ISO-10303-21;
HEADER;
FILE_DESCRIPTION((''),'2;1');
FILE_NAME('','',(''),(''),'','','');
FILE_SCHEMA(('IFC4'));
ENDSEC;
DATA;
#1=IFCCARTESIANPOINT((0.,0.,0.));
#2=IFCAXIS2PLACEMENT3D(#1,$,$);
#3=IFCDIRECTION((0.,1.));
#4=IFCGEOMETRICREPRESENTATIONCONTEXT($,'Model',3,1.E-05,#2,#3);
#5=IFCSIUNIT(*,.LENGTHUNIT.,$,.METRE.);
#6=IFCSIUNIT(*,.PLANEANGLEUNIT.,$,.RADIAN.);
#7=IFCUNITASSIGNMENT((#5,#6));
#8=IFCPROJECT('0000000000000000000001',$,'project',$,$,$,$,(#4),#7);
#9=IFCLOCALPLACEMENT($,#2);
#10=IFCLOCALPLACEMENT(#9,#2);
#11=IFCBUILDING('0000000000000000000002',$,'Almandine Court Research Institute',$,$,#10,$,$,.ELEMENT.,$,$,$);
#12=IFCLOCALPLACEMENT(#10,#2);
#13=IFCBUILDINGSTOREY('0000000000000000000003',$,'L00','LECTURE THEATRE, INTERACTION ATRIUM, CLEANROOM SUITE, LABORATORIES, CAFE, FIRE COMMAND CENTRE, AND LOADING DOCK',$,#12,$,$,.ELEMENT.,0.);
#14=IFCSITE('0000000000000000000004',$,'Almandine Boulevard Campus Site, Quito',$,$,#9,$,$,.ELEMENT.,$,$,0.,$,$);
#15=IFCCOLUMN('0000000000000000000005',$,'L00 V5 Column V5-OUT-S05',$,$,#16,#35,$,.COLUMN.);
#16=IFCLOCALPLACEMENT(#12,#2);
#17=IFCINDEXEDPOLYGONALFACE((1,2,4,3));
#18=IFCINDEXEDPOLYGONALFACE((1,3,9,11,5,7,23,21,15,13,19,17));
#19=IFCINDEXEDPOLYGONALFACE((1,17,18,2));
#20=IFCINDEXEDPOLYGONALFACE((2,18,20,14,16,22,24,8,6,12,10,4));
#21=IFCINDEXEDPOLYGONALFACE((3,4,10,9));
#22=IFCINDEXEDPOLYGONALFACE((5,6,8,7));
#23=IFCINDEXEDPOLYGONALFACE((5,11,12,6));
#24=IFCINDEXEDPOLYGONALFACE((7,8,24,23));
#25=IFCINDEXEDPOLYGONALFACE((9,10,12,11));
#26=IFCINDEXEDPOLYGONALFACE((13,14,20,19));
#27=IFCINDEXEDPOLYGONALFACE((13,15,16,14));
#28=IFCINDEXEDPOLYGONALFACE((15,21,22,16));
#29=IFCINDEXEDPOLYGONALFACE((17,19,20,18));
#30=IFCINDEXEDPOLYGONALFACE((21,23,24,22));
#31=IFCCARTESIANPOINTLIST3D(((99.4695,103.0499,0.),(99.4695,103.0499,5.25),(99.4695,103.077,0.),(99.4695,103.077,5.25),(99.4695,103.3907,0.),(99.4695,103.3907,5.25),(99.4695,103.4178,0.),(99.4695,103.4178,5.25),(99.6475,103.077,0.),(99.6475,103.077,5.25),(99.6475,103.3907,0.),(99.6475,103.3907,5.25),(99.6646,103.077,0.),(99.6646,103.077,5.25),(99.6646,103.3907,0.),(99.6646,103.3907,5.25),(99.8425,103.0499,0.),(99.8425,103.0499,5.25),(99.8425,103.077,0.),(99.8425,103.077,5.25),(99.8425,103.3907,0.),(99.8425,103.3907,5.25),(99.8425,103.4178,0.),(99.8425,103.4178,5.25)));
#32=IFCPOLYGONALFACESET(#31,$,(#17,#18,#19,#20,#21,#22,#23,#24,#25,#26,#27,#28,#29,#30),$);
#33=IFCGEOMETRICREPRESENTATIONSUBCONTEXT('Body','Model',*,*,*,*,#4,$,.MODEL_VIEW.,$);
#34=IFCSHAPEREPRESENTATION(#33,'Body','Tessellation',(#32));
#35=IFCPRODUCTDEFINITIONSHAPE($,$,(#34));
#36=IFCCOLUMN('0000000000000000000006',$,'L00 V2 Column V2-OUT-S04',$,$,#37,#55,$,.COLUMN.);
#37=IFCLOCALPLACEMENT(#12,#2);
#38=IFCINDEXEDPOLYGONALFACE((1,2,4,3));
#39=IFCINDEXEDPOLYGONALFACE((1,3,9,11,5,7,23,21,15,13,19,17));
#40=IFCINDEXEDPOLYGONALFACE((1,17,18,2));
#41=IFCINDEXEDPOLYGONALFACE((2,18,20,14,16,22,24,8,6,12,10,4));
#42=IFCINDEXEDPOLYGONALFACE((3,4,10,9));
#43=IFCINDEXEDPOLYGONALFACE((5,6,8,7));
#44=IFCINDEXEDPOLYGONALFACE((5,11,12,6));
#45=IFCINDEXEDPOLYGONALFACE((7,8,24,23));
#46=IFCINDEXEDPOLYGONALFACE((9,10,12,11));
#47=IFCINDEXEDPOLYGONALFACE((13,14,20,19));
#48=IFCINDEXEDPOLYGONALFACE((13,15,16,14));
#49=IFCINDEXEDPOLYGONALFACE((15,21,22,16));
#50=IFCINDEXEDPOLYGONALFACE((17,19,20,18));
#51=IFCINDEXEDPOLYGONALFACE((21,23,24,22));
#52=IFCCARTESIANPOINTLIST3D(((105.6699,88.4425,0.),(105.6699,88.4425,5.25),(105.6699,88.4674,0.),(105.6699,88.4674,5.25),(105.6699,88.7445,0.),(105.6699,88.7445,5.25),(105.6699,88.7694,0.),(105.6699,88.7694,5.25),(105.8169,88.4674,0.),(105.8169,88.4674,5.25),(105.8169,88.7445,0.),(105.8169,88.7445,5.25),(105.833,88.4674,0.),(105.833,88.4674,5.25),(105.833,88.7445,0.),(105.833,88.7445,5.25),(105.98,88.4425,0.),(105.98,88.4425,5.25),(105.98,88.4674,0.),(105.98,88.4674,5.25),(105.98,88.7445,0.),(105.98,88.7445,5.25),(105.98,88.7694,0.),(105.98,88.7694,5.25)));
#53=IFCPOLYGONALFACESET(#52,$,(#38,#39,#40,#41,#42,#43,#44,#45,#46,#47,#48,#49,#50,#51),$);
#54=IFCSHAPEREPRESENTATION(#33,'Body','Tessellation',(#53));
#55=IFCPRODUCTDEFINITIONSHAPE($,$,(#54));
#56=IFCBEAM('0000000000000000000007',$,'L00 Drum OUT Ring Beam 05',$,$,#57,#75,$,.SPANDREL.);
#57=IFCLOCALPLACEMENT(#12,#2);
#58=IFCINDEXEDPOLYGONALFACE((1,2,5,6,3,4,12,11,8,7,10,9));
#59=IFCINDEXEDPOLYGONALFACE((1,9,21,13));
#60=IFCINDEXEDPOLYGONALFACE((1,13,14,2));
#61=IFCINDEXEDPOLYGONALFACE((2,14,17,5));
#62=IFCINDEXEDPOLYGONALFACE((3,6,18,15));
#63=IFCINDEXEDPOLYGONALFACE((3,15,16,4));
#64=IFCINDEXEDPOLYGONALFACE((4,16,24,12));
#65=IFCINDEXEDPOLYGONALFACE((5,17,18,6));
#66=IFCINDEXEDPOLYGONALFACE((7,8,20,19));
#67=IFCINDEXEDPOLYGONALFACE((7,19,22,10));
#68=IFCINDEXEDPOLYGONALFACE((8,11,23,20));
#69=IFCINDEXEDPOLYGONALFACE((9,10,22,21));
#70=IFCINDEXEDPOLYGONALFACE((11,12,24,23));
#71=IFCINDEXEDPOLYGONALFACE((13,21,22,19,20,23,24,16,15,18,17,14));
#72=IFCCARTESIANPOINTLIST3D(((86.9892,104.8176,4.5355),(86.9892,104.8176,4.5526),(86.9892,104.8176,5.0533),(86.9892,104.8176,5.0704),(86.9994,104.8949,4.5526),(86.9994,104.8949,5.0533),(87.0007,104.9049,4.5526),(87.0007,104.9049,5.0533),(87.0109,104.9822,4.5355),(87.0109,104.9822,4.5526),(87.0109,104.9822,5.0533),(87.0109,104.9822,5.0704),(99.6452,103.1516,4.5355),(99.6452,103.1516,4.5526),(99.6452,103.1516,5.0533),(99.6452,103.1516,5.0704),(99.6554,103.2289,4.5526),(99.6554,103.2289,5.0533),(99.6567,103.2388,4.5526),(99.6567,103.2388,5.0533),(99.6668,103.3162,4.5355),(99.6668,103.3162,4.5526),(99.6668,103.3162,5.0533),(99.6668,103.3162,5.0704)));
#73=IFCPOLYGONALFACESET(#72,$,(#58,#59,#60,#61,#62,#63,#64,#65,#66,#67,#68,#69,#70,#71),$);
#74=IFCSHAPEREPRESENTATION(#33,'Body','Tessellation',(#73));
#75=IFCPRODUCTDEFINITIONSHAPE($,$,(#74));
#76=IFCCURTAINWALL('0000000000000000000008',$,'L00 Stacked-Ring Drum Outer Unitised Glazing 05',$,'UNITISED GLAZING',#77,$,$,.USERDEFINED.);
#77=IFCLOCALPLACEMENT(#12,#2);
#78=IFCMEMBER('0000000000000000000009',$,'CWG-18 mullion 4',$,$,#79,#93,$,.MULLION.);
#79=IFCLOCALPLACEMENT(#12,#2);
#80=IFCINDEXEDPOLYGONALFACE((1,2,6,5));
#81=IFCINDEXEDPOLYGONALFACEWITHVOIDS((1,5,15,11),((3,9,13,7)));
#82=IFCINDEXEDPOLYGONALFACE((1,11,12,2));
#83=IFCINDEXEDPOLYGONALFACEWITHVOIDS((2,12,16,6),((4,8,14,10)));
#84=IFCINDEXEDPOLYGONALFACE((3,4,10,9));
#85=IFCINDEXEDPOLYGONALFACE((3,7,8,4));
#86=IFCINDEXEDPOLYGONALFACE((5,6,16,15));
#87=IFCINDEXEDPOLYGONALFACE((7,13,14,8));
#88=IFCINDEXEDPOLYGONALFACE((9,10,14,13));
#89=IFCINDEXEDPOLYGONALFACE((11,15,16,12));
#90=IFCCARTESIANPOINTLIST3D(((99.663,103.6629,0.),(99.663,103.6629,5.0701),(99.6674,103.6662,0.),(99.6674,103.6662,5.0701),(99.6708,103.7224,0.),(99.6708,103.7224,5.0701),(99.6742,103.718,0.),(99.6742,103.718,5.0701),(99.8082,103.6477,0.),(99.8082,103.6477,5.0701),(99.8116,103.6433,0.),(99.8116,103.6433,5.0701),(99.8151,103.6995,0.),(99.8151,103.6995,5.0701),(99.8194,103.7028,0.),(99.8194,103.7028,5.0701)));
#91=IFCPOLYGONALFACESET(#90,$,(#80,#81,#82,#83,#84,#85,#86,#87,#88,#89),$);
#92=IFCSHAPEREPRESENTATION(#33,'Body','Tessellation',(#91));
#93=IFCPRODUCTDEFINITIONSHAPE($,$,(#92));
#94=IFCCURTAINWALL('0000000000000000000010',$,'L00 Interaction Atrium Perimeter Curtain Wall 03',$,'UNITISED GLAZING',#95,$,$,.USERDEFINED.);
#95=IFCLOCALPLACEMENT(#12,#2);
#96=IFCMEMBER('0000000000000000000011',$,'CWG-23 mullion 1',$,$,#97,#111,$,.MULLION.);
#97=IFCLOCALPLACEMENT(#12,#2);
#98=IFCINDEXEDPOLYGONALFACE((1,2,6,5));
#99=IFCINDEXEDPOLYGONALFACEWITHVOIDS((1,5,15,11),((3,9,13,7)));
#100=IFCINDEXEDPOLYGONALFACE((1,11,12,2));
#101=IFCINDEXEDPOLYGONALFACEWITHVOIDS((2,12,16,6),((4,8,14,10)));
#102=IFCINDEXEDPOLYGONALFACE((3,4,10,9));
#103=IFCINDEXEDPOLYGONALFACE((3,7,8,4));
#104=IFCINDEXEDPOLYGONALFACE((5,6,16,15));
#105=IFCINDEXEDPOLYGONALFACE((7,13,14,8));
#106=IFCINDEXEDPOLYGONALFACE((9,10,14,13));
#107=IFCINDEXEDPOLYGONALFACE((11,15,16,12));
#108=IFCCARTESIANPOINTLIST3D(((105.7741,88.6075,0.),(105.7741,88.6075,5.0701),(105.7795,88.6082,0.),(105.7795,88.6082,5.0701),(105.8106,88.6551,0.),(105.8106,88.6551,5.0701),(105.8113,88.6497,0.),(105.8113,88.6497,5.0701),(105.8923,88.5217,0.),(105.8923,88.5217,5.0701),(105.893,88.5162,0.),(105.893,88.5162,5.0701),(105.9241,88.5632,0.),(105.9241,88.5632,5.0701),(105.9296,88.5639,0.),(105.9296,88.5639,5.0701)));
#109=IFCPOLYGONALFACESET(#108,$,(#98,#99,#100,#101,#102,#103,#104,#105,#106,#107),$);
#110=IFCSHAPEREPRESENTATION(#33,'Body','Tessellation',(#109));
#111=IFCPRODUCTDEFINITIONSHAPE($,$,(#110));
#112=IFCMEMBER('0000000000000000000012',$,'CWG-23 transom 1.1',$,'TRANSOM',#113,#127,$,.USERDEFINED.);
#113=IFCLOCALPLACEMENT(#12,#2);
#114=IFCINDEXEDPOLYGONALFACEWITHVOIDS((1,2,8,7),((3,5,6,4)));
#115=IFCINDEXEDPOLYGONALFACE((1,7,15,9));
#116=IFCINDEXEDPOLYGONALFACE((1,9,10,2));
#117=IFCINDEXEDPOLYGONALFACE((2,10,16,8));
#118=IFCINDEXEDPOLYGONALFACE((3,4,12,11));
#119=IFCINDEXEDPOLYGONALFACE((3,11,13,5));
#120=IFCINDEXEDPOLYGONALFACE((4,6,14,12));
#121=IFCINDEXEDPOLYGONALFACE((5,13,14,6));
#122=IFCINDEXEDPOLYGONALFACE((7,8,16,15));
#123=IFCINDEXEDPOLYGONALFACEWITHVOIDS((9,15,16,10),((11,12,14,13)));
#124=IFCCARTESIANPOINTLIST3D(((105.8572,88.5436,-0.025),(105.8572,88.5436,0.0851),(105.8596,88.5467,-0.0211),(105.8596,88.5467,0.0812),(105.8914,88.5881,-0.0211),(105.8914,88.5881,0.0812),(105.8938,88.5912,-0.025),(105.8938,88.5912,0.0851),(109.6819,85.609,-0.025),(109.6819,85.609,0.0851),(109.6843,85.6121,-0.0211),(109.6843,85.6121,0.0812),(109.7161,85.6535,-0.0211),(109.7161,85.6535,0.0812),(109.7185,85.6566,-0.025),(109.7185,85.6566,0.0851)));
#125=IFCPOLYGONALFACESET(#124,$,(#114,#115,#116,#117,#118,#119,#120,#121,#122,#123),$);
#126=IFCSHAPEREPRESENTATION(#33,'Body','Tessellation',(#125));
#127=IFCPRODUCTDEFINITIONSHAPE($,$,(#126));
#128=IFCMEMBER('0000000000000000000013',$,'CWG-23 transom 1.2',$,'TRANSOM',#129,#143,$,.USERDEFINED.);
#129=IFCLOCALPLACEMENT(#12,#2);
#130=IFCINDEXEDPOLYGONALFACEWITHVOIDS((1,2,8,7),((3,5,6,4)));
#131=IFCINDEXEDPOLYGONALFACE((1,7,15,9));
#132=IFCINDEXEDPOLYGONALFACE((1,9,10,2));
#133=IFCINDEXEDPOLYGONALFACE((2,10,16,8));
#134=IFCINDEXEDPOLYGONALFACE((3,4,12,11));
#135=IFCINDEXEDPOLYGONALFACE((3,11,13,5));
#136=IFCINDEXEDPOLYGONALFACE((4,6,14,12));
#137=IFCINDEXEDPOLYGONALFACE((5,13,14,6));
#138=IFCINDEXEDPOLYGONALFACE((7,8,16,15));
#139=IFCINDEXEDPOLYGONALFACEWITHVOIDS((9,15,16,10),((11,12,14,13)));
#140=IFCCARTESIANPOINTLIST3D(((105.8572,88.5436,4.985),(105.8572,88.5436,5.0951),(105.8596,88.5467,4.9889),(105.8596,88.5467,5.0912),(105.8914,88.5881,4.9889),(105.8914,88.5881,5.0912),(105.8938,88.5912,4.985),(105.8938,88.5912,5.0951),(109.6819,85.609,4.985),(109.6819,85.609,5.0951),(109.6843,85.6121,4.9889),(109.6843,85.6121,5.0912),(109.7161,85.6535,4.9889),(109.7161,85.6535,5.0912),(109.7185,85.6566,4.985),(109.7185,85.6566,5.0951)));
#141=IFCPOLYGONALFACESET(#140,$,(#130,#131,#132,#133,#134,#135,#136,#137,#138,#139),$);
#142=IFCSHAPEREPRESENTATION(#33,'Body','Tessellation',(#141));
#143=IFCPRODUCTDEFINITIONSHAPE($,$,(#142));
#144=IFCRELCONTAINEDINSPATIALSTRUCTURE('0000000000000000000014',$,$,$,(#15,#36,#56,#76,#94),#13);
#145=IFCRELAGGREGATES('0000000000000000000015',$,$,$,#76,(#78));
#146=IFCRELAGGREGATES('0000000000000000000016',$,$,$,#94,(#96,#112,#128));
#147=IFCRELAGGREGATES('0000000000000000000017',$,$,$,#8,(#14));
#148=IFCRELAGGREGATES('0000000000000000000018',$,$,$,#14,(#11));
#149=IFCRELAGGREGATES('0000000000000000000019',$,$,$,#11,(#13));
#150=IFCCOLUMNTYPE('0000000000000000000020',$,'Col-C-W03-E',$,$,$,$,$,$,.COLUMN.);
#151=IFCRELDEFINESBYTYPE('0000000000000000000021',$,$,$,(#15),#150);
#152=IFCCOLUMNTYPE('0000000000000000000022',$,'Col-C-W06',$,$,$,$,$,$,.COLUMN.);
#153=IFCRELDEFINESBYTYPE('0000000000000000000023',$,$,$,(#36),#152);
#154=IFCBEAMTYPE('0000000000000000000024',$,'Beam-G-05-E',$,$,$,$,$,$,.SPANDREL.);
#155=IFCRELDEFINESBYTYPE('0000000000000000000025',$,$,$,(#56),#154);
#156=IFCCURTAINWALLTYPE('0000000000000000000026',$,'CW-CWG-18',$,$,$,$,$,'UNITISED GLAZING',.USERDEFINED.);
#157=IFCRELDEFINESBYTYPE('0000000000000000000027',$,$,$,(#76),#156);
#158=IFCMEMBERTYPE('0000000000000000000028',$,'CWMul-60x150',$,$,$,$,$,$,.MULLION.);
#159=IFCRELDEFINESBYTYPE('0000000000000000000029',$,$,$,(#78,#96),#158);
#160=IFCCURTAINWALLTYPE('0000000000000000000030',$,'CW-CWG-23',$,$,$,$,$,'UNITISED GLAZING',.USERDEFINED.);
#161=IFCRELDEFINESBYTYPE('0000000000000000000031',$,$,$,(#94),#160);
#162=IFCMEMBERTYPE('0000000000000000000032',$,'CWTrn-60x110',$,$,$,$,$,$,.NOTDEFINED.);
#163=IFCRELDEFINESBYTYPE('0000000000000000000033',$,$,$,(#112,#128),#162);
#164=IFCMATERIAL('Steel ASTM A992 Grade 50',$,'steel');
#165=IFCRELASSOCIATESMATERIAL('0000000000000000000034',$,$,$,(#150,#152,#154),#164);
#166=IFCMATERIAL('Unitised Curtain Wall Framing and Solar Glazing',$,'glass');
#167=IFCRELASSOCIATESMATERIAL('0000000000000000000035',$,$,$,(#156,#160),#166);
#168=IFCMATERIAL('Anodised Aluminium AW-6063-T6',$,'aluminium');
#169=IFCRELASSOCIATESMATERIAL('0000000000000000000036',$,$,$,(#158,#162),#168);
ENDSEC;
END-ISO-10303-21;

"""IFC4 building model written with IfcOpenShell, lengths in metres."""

from ifc_helpers import new_model, si_unit, direction, frame, origin, origin_2d, place, context, subcontext, project, spatial, hollow_rectangle, i_section, extrude, material, material_profile, profile_set, type_object, element, aggregate, save


model = new_model("IFC4")

# Units and contexts
model_context = context("Model", 3, precision=1e-05, world=origin(), true_north=direction((0.0, 1.0)))
body_context = subcontext(model_context, "Body", "Model", "MODEL_VIEW")
ifc_project = project(units=[si_unit("LENGTHUNIT", "METRE"), si_unit("PLANEANGLEUNIT", "RADIAN")], contexts=[model_context])

# Site, building, storey
site_placement = place(None, origin())
site = spatial("IfcSite", under=ifc_project, at=site_placement, Name="Almandine Boulevard Campus Site, Quito", CompositionType="ELEMENT", RefElevation=0.0)
building_placement = place(site_placement, origin())
building = spatial("IfcBuilding", under=site, at=building_placement, Name="Almandine Court Research Institute", CompositionType="ELEMENT")
storey_placement = place(building_placement, origin())
storey = spatial("IfcBuildingStorey", under=building, at=storey_placement, Name="L00", Description="LECTURE THEATRE, INTERACTION ATRIUM, CLEANROOM SUITE, LABORATORIES, CAFE, FIRE COMMAND CENTRE, AND LOADING DOCK", CompositionType="ELEMENT", Elevation=0.0)

# Columns
ifc_material_1 = material(Name="Steel ASTM A992 Grade 50", Category="steel")
ifc_material_profile_1 = material_profile(ifc_material_1, i_section(OverallWidth=0.373, OverallDepth=0.3679, WebThickness=0.0171, FlangeThickness=0.0271, at=origin_2d()), Name="W360x179")
ifc_profile_set_1 = profile_set([ifc_material_profile_1], Name="Steel ASTM A992 Grade 50")
column_type_1 = type_object("IfcColumnType", Name="Col-C-W03-E", PredefinedType="COLUMN", material=ifc_profile_set_1)
column_1_placement = place(storey_placement, frame((99.656, 103.2339, 0.0), z_axis=(0.0, 0.0, 1.0), x_axis=(1.0, 0.0, 0.0)))
element("IfcColumn", 1, at=column_1_placement, inside=storey, type_object=column_type_1, Name="L00 V5 Column V5-OUT-S05", PredefinedType="COLUMN", context=body_context, shape_type="SweptSolid", body=[
    extrude(i_section(OverallWidth=0.373, OverallDepth=0.3679, WebThickness=0.0171, FlangeThickness=0.0271, at=origin_2d()), origin(), (0.0, 0.0, 1.0), 5.25),
])
ifc_material_profile_2 = material_profile(ifc_material_1, i_section(OverallWidth=0.3101, OverallDepth=0.3269, WebThickness=0.0161, FlangeThickness=0.0249, at=origin_2d()), Name="W310x158")
ifc_profile_set_2 = profile_set([ifc_material_profile_2], Name="Steel ASTM A992 Grade 50")
column_type_2 = type_object("IfcColumnType", Name="Col-C-W06", PredefinedType="COLUMN", material=ifc_profile_set_2)
column_2_placement = place(storey_placement, frame((105.825, 88.606, 0.0), z_axis=(0.0, 0.0, 1.0), x_axis=(1.0, 0.0, 0.0)))
element("IfcColumn", 2, at=column_2_placement, inside=storey, type_object=column_type_2, Name="L00 V2 Column V2-OUT-S04", PredefinedType="COLUMN", context=body_context, shape_type="SweptSolid", body=[
    extrude(i_section(OverallWidth=0.3101, OverallDepth=0.3269, WebThickness=0.0161, FlangeThickness=0.0249, at=origin_2d()), origin(), (0.0, 0.0, 1.0), 5.25),
])

# Beam
ifc_material_profile_3 = material_profile(ifc_material_1, i_section(OverallWidth=0.166, OverallDepth=0.5349, WebThickness=0.01, FlangeThickness=0.0171, at=origin_2d()), Name="W530x85")
ifc_profile_set_3 = profile_set([ifc_material_profile_3], Name="Steel ASTM A992 Grade 50")
beam_type = type_object("IfcBeamType", Name="Beam-G-05-E", PredefinedType="SPANDREL", material=ifc_profile_set_3)
beam_placement = place(storey_placement, frame((99.656, 103.2339, 4.803), z_axis=(-0.991447, 0.130512, 0.0), x_axis=(-0.130512, -0.991447, 0.0)))
element("IfcBeam", 3, at=beam_placement, inside=storey, type_object=beam_type, Name="L00 Drum OUT Ring Beam 05", PredefinedType="SPANDREL", context=body_context, shape_type="SweptSolid", body=[
    extrude(i_section(OverallWidth=0.166, OverallDepth=0.5349, WebThickness=0.01, FlangeThickness=0.0171, at=origin_2d()), origin(), (0.0, 0.0, 1.0), 12.7651),
])

# Curtain wall, member
ifc_material_2 = material(Name="Unitised Curtain Wall Framing and Solar Glazing", Category="glass")
curtain_wall_type_1 = type_object("IfcCurtainWallType", Name="CW-CWG-18", ElementType="UNITISED GLAZING", PredefinedType="USERDEFINED", material=ifc_material_2)
curtain_wall_1_placement = place(storey_placement, origin())
curtain_wall_1 = element("IfcCurtainWall", 4, at=curtain_wall_1_placement, inside=storey, type_object=curtain_wall_type_1, Name="L00 Stacked-Ring Drum Outer Unitised Glazing 05", ObjectType="UNITISED GLAZING", PredefinedType="USERDEFINED")
ifc_material_3 = material(Name="Anodised Aluminium AW-6063-T6", Category="aluminium")
ifc_material_profile_4 = material_profile(ifc_material_3, hollow_rectangle(XDim=0.0601, YDim=0.1499, WallThickness=0.0039, at=origin_2d()), Name="ALU RHS 60x150x4")
ifc_profile_set_4 = profile_set([ifc_material_profile_4], Name="Anodised Aluminium AW-6063-T6")
member_type_1 = type_object("IfcMemberType", Name="CWMul-60x150", PredefinedType="MULLION", material=ifc_profile_set_4)
member_1_placement = place(storey_placement, frame((99.7412, 103.6829, 0.0), z_axis=(0.0, 0.0, 1.0), x_axis=(0.130541, 0.991443, 0.0)))
member_1 = element("IfcMember", 5, at=member_1_placement, type_object=member_type_1, Name="CWG-18 mullion 4", PredefinedType="MULLION", context=body_context, shape_type="SweptSolid", body=[
    extrude(hollow_rectangle(XDim=0.0601, YDim=0.1499, WallThickness=0.0039, at=origin_2d()), origin(), (0.0, 0.0, 1.0), 5.0701),
])
aggregate(curtain_wall_1, [member_1])

# Curtain wall, members
curtain_wall_type_2 = type_object("IfcCurtainWallType", Name="CW-CWG-23", ElementType="UNITISED GLAZING", PredefinedType="USERDEFINED", material=ifc_material_2)
curtain_wall_2_placement = place(storey_placement, origin())
curtain_wall_2 = element("IfcCurtainWall", 6, at=curtain_wall_2_placement, inside=storey, type_object=curtain_wall_type_2, Name="L00 Interaction Atrium Perimeter Curtain Wall 03", ObjectType="UNITISED GLAZING", PredefinedType="USERDEFINED")
member_2_placement = place(storey_placement, frame((105.8518, 88.5857, 0.0), z_axis=(0.0, 0.0, 1.0), x_axis=(0.608761, 0.793354, 0.0)))
member_2 = element("IfcMember", 7, at=member_2_placement, type_object=member_type_1, Name="CWG-23 mullion 1", PredefinedType="MULLION", context=body_context, shape_type="SweptSolid", body=[
    extrude(hollow_rectangle(XDim=0.0601, YDim=0.1499, WallThickness=0.0039, at=origin_2d()), origin(), (0.0, 0.0, 1.0), 5.0701),
])
ifc_material_profile_5 = material_profile(ifc_material_3, hollow_rectangle(XDim=0.0601, YDim=0.1101, WallThickness=0.0039, at=origin_2d()), Name="ALU RHS 60x110x4")
ifc_profile_set_5 = profile_set([ifc_material_profile_5], Name="Anodised Aluminium AW-6063-T6")
member_type_2 = type_object("IfcMemberType", Name="CWTrn-60x110", PredefinedType="NOTDEFINED", material=ifc_profile_set_5)
member_3_placement = place(storey_placement, frame((105.8755, 88.5674, 0.03), z_axis=(0.793376, -0.608731, 0.0), x_axis=(0.608731, 0.793376, 0.0)))
member_3 = element("IfcMember", 8, at=member_3_placement, type_object=member_type_2, Name="CWG-23 transom 1.1", ObjectType="TRANSOM", PredefinedType="USERDEFINED", context=body_context, shape_type="SweptSolid", body=[
    extrude(hollow_rectangle(XDim=0.0601, YDim=0.1101, WallThickness=0.0039, at=origin_2d()), origin(), (0.0, 0.0, 1.0), 4.8208),
])
member_4_placement = place(storey_placement, frame((105.8755, 88.5674, 5.04), z_axis=(0.793376, -0.608731, 0.0), x_axis=(0.608731, 0.793376, 0.0)))
member_4 = element("IfcMember", 9, at=member_4_placement, type_object=member_type_2, Name="CWG-23 transom 1.2", ObjectType="TRANSOM", PredefinedType="USERDEFINED", context=body_context, shape_type="SweptSolid", body=[
    extrude(hollow_rectangle(XDim=0.0601, YDim=0.1101, WallThickness=0.0039, at=origin_2d()), origin(), (0.0, 0.0, 1.0), 4.8208),
])
aggregate(curtain_wall_2, [member_2, member_3, member_4])

save(model, "model.ifc")
